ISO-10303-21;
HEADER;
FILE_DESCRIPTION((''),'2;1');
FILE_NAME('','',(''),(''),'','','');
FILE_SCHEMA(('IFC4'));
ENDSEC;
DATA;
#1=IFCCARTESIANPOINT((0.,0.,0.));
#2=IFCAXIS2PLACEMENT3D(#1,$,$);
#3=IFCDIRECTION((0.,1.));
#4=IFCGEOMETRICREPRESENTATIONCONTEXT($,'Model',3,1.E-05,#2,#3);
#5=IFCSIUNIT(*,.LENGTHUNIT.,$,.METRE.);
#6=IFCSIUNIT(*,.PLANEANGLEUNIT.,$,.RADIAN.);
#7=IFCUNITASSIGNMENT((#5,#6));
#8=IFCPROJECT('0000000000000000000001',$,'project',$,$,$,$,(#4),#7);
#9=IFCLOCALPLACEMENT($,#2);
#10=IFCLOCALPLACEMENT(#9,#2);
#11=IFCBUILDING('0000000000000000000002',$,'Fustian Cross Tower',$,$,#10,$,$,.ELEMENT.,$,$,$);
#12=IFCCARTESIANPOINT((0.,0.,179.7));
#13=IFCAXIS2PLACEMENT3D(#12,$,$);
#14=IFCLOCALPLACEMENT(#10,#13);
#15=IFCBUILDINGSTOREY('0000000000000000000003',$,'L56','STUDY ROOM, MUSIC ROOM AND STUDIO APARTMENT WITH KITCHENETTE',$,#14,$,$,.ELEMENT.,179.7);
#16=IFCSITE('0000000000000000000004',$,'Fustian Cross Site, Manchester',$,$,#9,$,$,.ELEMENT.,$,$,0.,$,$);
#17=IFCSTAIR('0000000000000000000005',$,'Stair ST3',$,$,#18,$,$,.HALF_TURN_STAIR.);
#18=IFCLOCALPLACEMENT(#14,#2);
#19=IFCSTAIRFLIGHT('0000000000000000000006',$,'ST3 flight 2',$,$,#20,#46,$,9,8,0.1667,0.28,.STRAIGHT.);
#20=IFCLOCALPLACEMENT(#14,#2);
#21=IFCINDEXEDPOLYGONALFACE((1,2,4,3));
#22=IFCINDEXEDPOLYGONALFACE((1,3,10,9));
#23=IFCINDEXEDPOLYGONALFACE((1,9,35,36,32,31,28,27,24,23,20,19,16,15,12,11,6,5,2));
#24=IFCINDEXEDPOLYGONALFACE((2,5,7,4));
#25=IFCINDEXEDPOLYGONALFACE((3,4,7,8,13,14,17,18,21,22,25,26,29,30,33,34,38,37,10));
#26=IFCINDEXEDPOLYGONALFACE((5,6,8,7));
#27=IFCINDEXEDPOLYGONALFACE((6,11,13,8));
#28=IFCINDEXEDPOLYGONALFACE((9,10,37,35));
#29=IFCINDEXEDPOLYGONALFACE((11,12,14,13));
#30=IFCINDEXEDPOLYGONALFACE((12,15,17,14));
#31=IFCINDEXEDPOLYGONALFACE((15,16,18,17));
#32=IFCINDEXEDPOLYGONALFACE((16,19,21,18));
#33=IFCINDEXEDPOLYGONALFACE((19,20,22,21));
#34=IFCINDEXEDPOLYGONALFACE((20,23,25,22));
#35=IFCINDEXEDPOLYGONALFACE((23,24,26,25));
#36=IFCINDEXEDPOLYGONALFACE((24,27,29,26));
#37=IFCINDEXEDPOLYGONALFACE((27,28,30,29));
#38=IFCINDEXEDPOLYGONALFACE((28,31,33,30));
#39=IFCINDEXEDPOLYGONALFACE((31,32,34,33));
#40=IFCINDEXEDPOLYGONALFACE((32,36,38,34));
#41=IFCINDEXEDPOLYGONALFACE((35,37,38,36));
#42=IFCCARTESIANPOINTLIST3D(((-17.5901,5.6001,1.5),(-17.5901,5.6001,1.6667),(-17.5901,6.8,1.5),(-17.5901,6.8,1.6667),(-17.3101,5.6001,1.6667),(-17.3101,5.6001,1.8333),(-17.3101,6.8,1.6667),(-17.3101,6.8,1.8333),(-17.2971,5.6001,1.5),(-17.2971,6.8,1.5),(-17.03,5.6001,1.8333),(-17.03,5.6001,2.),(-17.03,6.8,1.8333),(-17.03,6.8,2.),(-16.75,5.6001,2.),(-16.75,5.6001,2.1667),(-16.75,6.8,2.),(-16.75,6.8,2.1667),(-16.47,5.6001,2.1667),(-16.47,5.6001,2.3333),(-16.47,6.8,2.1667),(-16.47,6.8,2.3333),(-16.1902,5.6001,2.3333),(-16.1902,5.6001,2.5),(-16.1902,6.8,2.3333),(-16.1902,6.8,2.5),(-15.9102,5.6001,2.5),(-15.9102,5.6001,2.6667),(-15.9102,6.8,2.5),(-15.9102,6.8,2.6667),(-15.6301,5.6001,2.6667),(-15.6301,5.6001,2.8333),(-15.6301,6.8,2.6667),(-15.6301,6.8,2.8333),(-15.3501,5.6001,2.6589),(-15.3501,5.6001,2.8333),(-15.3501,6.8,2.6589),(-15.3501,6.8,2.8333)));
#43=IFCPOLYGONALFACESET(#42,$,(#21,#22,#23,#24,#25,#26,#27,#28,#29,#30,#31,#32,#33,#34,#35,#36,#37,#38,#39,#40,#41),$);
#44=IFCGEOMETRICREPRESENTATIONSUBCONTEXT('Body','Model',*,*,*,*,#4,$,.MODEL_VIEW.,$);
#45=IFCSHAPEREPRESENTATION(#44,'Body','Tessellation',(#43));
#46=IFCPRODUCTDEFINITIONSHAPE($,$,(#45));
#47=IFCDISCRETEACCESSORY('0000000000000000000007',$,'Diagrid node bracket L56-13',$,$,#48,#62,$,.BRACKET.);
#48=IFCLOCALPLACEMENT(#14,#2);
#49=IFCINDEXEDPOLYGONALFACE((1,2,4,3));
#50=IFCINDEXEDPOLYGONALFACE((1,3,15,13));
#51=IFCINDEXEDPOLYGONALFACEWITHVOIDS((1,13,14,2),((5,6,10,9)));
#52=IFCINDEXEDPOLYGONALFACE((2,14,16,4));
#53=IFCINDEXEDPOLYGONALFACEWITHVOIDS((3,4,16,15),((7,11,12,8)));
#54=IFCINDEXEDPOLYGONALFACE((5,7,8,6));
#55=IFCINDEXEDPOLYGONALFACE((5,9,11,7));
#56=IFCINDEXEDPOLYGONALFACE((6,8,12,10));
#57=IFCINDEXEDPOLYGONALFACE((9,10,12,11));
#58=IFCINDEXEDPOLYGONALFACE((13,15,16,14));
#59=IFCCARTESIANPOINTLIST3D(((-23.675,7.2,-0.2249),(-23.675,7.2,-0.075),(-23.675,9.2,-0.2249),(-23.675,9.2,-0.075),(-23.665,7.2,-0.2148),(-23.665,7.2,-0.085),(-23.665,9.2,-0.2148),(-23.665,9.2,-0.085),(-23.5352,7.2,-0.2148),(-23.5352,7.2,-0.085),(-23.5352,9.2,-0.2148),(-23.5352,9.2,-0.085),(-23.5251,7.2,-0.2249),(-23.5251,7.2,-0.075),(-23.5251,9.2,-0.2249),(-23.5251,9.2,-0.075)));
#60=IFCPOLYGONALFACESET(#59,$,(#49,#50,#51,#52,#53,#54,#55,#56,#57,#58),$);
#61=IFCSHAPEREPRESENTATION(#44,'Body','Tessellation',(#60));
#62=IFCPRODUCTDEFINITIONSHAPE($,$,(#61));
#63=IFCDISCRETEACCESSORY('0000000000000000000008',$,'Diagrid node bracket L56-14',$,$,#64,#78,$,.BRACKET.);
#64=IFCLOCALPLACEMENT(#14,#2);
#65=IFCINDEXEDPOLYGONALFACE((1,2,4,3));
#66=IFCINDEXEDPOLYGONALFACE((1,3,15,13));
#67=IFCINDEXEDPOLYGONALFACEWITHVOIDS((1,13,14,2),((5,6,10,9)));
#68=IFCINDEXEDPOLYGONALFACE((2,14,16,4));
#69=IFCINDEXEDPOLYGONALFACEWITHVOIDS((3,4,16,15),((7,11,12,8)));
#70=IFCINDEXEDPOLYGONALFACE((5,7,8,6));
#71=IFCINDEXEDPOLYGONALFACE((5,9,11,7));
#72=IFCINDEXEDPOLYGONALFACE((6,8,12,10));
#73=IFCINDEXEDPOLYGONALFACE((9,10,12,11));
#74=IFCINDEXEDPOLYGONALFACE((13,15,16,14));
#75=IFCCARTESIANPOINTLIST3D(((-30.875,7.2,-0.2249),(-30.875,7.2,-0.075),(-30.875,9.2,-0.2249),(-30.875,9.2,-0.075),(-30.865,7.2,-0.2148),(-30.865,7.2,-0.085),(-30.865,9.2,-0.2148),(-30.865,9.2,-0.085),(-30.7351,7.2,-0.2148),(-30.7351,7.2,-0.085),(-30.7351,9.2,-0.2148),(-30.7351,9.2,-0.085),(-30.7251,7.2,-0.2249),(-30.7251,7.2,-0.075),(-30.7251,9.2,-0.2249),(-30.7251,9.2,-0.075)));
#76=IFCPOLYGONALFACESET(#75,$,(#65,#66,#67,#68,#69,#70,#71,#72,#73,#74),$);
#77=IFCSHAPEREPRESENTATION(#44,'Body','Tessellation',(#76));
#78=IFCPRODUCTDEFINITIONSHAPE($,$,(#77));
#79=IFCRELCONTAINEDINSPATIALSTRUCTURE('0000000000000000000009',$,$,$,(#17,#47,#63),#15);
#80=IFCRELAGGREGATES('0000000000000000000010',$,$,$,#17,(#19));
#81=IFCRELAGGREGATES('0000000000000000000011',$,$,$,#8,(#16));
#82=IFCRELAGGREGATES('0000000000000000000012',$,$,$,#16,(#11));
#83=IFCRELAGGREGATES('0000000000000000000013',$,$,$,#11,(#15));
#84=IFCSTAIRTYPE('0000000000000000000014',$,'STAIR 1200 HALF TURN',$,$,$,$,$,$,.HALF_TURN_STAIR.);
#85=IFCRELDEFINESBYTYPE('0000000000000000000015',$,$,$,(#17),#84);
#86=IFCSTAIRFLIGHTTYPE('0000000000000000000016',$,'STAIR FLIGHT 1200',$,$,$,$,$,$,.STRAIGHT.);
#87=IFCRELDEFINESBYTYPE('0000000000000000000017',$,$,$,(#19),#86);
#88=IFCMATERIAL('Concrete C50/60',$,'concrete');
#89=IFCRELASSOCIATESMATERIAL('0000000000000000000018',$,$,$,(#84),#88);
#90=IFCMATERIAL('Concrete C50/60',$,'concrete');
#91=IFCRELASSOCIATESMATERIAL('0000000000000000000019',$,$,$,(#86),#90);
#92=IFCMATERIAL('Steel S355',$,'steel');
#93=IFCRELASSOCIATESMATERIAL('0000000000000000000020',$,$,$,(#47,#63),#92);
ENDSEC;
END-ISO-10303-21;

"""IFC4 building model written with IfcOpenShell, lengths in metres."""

from ifc_helpers import new_model, si_unit, direction, frame, origin, origin_2d, place, context, subcontext, project, spatial, polyline, hollow_rectangle, outline, extrude, material, type_object, element, aggregate, save


model = new_model("IFC4")

# Units and contexts
model_context = context("Model", 3, precision=1e-05, world=origin(), true_north=direction((0.0, 1.0)))
body_context = subcontext(model_context, "Body", "Model", "MODEL_VIEW")
ifc_project = project(units=[si_unit("LENGTHUNIT", "METRE"), si_unit("PLANEANGLEUNIT", "RADIAN")], contexts=[model_context])

# Site, building, storey
site_placement = place(None, origin())
site = spatial("IfcSite", under=ifc_project, at=site_placement, Name="Fustian Cross Site, Manchester", CompositionType="ELEMENT", RefElevation=0.0)
building_placement = place(site_placement, origin())
building = spatial("IfcBuilding", under=site, at=building_placement, Name="Fustian Cross Tower", CompositionType="ELEMENT")
storey_placement = place(building_placement, frame((0.0, 0.0, 179.7)))
storey = spatial("IfcBuildingStorey", under=building, at=storey_placement, Name="L56", Description="STUDY ROOM, MUSIC ROOM AND STUDIO APARTMENT WITH KITCHENETTE", CompositionType="ELEMENT", Elevation=179.7)

# Stair, stair flight
ifc_material_1 = material(Name="Concrete C50/60", Category="concrete")
stair_type = type_object("IfcStairType", Name="STAIR 1200 HALF TURN", PredefinedType="HALF_TURN_STAIR", material=ifc_material_1)
stair_placement = place(storey_placement, origin())
stair = element("IfcStair", 1, at=stair_placement, inside=storey, type_object=stair_type, Name="Stair ST3", PredefinedType="HALF_TURN_STAIR")
ifc_material_2 = material(Name="Concrete C50/60", Category="concrete")
stair_flight_type = type_object("IfcStairFlightType", Name="STAIR FLIGHT 1200", PredefinedType="STRAIGHT", material=ifc_material_2)
stair_flight_placement = place(storey_placement, frame((-17.5901, 6.2, 1.5), z_axis=(0.0, 0.0, 1.0), x_axis=(1.0, 0.0, 0.0)))
stair_flight = element("IfcStairFlight", 2, at=stair_flight_placement, type_object=stair_flight_type, Name="ST3 flight 2", NumberOfRisers=9, NumberOfTreads=8, PredefinedType="STRAIGHT", RiserHeight=0.1667, TreadLength=0.28, context=body_context, shape_type="SweptSolid", body=[
    extrude(outline(polyline([(0.0, 0.0), (0.0, 0.1667), (0.28, 0.1667), (0.28, 0.3333), (0.5601, 0.3333), (0.5601, 0.5), (0.8401, 0.5), (0.8401, 0.6667), (1.1201, 0.6667), (1.1201, 0.8333), (1.3999, 0.8333), (1.3999, 1.0), (1.6799, 1.0), (1.6799, 1.1667), (1.96, 1.1667), (1.96, 1.3333), (2.24, 1.3333), (2.24, 1.5), (2.24, 1.1589), (0.293, 0.0), (0.0, 0.0)])), frame((0.0, 0.6001, 0.0), z_axis=(0.0, -1.0, 0.0), x_axis=(1.0, 0.0, 0.0)), (0.0, 0.0, 1.0), 1.2),
])
aggregate(stair, [stair_flight])

# Discrete accessories
ifc_material_3 = material(Name="Steel S355", Category="steel")
for number, where, z_axis, x_axis, name in (
    (3, (-23.6001, 9.2, -0.1499), (0.0, -1.0, 0.0), (1.0, 0.0, 0.0), "Diagrid node bracket L56-13"),
    (4, (-30.8, 9.2, -0.1499), (0.0, -1.0, 0.0), (1.0, 0.0, 0.0), "Diagrid node bracket L56-14"),
):
    element("IfcDiscreteAccessory", number, at=place(storey_placement, frame(where, z_axis=z_axis, x_axis=x_axis)), inside=storey, material=ifc_material_3, Name=name, PredefinedType="BRACKET", context=body_context, shape_type="SweptSolid", body=[
        extrude(hollow_rectangle(XDim=0.1499, YDim=0.1499, WallThickness=0.01, at=origin_2d()), origin(), (0.0, 0.0, 1.0), 2.0),
    ])

save(model, "model.ifc")
